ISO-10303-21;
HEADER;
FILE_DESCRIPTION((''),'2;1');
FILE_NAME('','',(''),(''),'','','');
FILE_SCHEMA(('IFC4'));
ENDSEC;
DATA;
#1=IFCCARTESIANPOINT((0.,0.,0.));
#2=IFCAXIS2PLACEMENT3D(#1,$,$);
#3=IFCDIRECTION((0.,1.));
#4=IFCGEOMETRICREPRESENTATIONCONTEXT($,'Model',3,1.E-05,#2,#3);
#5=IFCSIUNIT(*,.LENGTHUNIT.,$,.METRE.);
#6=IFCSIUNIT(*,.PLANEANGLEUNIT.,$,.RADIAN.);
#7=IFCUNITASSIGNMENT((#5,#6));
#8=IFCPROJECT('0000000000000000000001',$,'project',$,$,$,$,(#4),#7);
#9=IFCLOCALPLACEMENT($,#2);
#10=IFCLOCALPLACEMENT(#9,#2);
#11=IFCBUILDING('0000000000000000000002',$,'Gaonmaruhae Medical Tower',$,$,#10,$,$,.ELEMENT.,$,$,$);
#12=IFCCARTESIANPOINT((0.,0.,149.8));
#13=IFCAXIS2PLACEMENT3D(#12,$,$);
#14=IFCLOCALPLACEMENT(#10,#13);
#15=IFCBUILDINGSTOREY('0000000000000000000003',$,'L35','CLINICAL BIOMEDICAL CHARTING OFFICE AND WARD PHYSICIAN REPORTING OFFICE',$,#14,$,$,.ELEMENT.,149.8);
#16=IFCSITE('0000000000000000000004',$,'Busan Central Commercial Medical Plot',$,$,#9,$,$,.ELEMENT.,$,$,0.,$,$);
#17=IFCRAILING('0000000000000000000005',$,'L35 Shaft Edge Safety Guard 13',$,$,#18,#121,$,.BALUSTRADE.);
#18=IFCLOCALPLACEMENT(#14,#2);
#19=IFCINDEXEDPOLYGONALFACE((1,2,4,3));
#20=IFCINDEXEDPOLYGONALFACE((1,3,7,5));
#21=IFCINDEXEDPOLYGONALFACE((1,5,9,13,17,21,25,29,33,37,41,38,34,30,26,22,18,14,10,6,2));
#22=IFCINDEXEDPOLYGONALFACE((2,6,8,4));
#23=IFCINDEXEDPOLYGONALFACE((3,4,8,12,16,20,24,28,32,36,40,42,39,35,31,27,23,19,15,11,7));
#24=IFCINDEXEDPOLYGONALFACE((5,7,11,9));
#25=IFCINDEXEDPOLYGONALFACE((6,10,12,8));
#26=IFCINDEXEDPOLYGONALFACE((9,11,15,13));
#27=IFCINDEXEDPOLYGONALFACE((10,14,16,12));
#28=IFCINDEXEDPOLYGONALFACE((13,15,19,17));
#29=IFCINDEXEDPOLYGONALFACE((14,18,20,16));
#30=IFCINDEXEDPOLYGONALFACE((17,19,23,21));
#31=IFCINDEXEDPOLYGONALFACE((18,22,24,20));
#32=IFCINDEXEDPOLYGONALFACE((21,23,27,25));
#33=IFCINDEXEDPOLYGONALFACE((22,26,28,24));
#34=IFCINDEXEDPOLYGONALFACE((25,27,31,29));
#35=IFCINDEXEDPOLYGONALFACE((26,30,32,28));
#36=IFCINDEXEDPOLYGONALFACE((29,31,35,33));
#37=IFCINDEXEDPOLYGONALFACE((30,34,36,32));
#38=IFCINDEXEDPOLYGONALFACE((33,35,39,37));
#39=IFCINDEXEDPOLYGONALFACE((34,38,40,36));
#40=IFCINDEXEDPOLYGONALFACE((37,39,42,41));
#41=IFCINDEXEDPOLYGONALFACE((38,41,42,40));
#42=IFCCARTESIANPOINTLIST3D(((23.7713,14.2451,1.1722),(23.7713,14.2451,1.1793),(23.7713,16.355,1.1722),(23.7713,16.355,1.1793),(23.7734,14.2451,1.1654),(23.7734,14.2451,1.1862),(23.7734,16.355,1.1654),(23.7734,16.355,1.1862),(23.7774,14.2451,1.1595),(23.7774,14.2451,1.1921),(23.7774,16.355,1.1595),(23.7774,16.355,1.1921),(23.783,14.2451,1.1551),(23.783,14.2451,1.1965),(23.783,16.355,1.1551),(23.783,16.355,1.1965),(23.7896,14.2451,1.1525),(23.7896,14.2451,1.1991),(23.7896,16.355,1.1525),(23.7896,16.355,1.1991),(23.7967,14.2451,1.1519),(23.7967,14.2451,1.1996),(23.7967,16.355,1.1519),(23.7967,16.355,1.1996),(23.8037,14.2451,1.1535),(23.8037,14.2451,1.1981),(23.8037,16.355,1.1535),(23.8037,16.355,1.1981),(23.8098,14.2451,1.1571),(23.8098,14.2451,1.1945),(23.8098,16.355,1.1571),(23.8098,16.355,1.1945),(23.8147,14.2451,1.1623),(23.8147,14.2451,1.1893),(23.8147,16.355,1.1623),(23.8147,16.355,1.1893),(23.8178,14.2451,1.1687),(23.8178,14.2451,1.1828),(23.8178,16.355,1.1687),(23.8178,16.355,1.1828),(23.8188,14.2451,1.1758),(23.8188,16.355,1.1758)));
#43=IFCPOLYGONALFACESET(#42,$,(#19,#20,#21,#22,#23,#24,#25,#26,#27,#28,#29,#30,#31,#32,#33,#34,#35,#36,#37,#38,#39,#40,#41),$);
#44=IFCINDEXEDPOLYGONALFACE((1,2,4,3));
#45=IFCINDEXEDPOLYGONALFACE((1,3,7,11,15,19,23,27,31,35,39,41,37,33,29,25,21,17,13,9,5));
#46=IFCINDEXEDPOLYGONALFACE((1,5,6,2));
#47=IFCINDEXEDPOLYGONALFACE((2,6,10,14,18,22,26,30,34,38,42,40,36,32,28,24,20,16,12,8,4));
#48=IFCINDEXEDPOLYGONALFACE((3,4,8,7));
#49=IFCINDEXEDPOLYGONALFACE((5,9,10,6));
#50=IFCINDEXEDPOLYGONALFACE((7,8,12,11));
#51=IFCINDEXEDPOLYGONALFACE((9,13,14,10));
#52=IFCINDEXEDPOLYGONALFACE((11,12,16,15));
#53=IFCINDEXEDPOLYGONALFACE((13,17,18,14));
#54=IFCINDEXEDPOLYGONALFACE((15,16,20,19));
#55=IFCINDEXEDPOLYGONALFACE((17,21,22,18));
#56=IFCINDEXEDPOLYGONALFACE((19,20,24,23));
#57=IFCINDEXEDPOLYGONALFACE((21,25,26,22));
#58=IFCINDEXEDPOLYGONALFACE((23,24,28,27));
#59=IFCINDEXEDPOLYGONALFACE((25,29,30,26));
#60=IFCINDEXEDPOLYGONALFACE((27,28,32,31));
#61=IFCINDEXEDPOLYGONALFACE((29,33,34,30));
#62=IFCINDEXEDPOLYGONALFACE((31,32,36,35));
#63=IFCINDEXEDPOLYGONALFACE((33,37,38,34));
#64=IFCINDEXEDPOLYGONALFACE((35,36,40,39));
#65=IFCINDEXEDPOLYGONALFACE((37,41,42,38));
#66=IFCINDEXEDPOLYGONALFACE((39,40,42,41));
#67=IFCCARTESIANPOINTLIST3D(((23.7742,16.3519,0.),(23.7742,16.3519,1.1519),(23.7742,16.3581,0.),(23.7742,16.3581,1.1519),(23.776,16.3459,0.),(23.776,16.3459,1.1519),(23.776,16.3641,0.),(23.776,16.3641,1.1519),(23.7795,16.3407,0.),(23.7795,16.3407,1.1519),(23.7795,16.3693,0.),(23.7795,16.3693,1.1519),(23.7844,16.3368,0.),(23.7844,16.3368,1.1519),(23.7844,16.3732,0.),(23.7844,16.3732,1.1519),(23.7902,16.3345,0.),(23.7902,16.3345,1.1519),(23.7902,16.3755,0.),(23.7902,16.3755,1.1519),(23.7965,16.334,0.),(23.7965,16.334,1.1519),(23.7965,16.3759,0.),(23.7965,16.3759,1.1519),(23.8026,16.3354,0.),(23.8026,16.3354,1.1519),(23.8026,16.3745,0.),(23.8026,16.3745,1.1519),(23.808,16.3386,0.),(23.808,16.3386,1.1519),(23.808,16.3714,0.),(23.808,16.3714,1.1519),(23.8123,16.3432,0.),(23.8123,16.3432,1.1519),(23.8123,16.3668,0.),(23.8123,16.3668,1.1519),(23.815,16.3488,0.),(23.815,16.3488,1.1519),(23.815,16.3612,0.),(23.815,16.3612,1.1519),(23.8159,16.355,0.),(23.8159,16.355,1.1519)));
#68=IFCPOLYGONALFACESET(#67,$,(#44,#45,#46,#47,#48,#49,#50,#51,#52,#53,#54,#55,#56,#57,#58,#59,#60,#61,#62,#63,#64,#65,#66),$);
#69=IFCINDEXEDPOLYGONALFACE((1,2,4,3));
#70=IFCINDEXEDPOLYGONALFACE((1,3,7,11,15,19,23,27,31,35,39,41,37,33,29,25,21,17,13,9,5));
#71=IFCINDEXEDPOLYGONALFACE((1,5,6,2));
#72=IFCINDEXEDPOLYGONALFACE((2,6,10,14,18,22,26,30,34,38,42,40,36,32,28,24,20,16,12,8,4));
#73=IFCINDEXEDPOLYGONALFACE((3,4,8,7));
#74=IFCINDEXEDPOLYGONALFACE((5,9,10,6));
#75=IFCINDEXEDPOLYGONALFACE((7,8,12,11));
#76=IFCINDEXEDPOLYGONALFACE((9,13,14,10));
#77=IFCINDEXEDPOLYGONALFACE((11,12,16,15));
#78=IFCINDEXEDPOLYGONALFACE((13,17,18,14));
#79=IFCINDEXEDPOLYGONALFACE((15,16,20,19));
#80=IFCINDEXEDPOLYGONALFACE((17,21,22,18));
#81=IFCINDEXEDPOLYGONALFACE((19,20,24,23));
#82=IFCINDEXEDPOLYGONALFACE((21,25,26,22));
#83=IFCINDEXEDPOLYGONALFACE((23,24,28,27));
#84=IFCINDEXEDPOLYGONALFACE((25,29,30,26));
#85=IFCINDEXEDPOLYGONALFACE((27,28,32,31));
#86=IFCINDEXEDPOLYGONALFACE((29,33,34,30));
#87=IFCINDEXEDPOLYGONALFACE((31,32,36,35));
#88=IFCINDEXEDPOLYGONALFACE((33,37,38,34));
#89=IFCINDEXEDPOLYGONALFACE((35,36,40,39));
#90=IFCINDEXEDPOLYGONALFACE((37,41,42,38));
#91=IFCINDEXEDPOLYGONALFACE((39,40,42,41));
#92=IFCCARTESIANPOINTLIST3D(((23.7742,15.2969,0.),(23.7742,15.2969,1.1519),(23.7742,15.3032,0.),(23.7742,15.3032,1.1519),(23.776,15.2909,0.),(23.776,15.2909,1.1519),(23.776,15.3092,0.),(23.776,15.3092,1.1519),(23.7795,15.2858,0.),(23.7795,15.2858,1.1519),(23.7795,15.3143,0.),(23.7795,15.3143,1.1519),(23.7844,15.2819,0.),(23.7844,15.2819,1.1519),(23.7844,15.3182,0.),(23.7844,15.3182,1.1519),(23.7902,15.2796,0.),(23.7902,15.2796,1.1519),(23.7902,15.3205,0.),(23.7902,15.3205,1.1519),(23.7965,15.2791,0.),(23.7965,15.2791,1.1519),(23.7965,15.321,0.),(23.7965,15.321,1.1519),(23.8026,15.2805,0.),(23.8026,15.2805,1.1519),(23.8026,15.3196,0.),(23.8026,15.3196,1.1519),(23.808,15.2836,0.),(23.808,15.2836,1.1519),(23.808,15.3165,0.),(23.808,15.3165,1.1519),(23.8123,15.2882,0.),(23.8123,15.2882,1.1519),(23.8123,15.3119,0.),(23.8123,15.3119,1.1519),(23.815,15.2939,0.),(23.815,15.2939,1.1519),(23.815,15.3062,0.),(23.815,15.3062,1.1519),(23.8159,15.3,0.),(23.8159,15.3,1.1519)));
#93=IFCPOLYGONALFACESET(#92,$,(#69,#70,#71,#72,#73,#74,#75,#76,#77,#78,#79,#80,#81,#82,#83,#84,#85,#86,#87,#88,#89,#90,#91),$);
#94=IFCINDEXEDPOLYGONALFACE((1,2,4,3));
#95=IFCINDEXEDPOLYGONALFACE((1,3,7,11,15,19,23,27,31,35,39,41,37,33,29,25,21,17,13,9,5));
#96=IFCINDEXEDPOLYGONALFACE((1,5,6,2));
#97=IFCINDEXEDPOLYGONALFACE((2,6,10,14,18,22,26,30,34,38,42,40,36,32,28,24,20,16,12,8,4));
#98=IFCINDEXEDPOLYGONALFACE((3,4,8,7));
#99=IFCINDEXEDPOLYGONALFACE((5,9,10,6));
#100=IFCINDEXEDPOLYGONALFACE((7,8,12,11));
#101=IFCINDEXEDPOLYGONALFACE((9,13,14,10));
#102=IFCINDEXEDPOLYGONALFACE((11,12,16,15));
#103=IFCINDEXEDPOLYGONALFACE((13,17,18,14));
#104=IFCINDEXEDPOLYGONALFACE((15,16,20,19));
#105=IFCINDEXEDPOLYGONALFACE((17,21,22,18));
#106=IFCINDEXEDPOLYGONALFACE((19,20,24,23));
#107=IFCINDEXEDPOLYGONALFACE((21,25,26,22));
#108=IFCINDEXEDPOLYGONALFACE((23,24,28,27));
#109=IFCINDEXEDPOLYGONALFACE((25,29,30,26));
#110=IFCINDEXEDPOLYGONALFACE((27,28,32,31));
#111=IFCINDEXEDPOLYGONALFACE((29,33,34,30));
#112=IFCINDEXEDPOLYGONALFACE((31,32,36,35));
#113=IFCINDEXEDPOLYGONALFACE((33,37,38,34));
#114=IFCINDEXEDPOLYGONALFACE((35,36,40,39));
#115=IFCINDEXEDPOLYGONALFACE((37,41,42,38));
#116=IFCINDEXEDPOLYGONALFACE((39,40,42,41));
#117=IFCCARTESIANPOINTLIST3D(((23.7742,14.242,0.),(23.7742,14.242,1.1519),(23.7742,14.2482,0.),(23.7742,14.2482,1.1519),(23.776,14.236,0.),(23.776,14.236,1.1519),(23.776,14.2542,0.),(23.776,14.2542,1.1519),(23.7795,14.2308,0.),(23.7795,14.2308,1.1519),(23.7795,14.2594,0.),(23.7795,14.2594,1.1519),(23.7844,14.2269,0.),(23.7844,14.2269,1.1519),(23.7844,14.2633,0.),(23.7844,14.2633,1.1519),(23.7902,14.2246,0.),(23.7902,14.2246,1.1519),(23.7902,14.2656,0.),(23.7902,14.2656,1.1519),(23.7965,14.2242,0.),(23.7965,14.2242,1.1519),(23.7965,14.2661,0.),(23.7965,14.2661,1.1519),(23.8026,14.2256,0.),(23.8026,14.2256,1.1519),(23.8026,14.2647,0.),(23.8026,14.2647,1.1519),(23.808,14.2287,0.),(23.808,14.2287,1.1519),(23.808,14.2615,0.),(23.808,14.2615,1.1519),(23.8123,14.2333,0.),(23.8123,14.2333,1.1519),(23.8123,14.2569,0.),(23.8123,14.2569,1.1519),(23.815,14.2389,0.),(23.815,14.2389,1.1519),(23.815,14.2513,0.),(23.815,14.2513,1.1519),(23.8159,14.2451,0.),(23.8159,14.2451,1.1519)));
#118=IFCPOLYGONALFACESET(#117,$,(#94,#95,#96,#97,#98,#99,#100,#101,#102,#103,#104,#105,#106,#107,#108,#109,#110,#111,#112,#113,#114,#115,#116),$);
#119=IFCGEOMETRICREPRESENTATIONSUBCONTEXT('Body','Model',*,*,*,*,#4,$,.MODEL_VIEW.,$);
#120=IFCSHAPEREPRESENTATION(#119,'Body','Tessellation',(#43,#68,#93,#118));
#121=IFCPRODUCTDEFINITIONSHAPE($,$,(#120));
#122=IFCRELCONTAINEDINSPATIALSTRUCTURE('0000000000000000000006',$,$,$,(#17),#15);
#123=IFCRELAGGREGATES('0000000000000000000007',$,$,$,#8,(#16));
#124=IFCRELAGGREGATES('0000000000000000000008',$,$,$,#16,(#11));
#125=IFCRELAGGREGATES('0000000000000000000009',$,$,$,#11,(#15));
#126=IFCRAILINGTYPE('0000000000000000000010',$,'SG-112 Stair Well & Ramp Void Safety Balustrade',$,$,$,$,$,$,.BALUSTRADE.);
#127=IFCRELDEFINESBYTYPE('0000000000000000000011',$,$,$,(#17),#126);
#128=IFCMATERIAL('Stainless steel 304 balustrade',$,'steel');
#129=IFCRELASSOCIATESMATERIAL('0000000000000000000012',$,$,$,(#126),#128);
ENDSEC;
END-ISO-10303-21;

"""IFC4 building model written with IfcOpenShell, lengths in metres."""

from ifc_helpers import new_model, si_unit, direction, frame, origin, origin_2d, place, context, subcontext, project, spatial, circle, extrude, material, type_object, element, save


model = new_model("IFC4")

# Units and contexts
model_context = context("Model", 3, precision=1e-05, world=origin(), true_north=direction((0.0, 1.0)))
body_context = subcontext(model_context, "Body", "Model", "MODEL_VIEW")
ifc_project = project(units=[si_unit("LENGTHUNIT", "METRE"), si_unit("PLANEANGLEUNIT", "RADIAN")], contexts=[model_context])

# Site, building, storey
site_placement = place(None, origin())
site = spatial("IfcSite", under=ifc_project, at=site_placement, Name="Busan Central Commercial Medical Plot", CompositionType="ELEMENT", RefElevation=0.0)
building_placement = place(site_placement, origin())
building = spatial("IfcBuilding", under=site, at=building_placement, Name="Gaonmaruhae Medical Tower", CompositionType="ELEMENT")
storey_placement = place(building_placement, frame((0.0, 0.0, 149.8)))
storey = spatial("IfcBuildingStorey", under=building, at=storey_placement, Name="L35", Description="CLINICAL BIOMEDICAL CHARTING OFFICE AND WARD PHYSICIAN REPORTING OFFICE", CompositionType="ELEMENT", Elevation=149.8)

# Railing
ifc_material_1 = material(Name="Stainless steel 304 balustrade", Category="steel")
railing_type = type_object("IfcRailingType", Name="SG-112 Stair Well & Ramp Void Safety Balustrade", PredefinedType="BALUSTRADE", material=ifc_material_1)
railing_1_placement = place(storey_placement, frame((23.7949, 16.355, 0.0)))
element("IfcRailing", 1, at=railing_1_placement, inside=storey, type_object=railing_type, Name="L35 Shaft Edge Safety Guard 13", PredefinedType="BALUSTRADE", context=body_context, shape_type="SweptSolid", body=[
    extrude(circle(Radius=0.0239, at=origin_2d()), frame((0.0, 0.0, 1.1758), z_axis=(0.0, -1.0, 0.0), x_axis=(1.0, 0.0, 0.0)), (0.0, 0.0, 1.0), 2.1099),
    extrude(circle(Radius=0.021, at=origin_2d()), origin(), (0.0, 0.0, 1.0), 1.1519),
    extrude(circle(Radius=0.021, at=origin_2d()), frame((0.0, -1.0549, 0.0)), (0.0, 0.0, 1.0), 1.1519),
    extrude(circle(Radius=0.021, at=origin_2d()), frame((0.0, -2.1099, 0.0)), (0.0, 0.0, 1.0), 1.1519),
])

save(model, "model.ifc")
